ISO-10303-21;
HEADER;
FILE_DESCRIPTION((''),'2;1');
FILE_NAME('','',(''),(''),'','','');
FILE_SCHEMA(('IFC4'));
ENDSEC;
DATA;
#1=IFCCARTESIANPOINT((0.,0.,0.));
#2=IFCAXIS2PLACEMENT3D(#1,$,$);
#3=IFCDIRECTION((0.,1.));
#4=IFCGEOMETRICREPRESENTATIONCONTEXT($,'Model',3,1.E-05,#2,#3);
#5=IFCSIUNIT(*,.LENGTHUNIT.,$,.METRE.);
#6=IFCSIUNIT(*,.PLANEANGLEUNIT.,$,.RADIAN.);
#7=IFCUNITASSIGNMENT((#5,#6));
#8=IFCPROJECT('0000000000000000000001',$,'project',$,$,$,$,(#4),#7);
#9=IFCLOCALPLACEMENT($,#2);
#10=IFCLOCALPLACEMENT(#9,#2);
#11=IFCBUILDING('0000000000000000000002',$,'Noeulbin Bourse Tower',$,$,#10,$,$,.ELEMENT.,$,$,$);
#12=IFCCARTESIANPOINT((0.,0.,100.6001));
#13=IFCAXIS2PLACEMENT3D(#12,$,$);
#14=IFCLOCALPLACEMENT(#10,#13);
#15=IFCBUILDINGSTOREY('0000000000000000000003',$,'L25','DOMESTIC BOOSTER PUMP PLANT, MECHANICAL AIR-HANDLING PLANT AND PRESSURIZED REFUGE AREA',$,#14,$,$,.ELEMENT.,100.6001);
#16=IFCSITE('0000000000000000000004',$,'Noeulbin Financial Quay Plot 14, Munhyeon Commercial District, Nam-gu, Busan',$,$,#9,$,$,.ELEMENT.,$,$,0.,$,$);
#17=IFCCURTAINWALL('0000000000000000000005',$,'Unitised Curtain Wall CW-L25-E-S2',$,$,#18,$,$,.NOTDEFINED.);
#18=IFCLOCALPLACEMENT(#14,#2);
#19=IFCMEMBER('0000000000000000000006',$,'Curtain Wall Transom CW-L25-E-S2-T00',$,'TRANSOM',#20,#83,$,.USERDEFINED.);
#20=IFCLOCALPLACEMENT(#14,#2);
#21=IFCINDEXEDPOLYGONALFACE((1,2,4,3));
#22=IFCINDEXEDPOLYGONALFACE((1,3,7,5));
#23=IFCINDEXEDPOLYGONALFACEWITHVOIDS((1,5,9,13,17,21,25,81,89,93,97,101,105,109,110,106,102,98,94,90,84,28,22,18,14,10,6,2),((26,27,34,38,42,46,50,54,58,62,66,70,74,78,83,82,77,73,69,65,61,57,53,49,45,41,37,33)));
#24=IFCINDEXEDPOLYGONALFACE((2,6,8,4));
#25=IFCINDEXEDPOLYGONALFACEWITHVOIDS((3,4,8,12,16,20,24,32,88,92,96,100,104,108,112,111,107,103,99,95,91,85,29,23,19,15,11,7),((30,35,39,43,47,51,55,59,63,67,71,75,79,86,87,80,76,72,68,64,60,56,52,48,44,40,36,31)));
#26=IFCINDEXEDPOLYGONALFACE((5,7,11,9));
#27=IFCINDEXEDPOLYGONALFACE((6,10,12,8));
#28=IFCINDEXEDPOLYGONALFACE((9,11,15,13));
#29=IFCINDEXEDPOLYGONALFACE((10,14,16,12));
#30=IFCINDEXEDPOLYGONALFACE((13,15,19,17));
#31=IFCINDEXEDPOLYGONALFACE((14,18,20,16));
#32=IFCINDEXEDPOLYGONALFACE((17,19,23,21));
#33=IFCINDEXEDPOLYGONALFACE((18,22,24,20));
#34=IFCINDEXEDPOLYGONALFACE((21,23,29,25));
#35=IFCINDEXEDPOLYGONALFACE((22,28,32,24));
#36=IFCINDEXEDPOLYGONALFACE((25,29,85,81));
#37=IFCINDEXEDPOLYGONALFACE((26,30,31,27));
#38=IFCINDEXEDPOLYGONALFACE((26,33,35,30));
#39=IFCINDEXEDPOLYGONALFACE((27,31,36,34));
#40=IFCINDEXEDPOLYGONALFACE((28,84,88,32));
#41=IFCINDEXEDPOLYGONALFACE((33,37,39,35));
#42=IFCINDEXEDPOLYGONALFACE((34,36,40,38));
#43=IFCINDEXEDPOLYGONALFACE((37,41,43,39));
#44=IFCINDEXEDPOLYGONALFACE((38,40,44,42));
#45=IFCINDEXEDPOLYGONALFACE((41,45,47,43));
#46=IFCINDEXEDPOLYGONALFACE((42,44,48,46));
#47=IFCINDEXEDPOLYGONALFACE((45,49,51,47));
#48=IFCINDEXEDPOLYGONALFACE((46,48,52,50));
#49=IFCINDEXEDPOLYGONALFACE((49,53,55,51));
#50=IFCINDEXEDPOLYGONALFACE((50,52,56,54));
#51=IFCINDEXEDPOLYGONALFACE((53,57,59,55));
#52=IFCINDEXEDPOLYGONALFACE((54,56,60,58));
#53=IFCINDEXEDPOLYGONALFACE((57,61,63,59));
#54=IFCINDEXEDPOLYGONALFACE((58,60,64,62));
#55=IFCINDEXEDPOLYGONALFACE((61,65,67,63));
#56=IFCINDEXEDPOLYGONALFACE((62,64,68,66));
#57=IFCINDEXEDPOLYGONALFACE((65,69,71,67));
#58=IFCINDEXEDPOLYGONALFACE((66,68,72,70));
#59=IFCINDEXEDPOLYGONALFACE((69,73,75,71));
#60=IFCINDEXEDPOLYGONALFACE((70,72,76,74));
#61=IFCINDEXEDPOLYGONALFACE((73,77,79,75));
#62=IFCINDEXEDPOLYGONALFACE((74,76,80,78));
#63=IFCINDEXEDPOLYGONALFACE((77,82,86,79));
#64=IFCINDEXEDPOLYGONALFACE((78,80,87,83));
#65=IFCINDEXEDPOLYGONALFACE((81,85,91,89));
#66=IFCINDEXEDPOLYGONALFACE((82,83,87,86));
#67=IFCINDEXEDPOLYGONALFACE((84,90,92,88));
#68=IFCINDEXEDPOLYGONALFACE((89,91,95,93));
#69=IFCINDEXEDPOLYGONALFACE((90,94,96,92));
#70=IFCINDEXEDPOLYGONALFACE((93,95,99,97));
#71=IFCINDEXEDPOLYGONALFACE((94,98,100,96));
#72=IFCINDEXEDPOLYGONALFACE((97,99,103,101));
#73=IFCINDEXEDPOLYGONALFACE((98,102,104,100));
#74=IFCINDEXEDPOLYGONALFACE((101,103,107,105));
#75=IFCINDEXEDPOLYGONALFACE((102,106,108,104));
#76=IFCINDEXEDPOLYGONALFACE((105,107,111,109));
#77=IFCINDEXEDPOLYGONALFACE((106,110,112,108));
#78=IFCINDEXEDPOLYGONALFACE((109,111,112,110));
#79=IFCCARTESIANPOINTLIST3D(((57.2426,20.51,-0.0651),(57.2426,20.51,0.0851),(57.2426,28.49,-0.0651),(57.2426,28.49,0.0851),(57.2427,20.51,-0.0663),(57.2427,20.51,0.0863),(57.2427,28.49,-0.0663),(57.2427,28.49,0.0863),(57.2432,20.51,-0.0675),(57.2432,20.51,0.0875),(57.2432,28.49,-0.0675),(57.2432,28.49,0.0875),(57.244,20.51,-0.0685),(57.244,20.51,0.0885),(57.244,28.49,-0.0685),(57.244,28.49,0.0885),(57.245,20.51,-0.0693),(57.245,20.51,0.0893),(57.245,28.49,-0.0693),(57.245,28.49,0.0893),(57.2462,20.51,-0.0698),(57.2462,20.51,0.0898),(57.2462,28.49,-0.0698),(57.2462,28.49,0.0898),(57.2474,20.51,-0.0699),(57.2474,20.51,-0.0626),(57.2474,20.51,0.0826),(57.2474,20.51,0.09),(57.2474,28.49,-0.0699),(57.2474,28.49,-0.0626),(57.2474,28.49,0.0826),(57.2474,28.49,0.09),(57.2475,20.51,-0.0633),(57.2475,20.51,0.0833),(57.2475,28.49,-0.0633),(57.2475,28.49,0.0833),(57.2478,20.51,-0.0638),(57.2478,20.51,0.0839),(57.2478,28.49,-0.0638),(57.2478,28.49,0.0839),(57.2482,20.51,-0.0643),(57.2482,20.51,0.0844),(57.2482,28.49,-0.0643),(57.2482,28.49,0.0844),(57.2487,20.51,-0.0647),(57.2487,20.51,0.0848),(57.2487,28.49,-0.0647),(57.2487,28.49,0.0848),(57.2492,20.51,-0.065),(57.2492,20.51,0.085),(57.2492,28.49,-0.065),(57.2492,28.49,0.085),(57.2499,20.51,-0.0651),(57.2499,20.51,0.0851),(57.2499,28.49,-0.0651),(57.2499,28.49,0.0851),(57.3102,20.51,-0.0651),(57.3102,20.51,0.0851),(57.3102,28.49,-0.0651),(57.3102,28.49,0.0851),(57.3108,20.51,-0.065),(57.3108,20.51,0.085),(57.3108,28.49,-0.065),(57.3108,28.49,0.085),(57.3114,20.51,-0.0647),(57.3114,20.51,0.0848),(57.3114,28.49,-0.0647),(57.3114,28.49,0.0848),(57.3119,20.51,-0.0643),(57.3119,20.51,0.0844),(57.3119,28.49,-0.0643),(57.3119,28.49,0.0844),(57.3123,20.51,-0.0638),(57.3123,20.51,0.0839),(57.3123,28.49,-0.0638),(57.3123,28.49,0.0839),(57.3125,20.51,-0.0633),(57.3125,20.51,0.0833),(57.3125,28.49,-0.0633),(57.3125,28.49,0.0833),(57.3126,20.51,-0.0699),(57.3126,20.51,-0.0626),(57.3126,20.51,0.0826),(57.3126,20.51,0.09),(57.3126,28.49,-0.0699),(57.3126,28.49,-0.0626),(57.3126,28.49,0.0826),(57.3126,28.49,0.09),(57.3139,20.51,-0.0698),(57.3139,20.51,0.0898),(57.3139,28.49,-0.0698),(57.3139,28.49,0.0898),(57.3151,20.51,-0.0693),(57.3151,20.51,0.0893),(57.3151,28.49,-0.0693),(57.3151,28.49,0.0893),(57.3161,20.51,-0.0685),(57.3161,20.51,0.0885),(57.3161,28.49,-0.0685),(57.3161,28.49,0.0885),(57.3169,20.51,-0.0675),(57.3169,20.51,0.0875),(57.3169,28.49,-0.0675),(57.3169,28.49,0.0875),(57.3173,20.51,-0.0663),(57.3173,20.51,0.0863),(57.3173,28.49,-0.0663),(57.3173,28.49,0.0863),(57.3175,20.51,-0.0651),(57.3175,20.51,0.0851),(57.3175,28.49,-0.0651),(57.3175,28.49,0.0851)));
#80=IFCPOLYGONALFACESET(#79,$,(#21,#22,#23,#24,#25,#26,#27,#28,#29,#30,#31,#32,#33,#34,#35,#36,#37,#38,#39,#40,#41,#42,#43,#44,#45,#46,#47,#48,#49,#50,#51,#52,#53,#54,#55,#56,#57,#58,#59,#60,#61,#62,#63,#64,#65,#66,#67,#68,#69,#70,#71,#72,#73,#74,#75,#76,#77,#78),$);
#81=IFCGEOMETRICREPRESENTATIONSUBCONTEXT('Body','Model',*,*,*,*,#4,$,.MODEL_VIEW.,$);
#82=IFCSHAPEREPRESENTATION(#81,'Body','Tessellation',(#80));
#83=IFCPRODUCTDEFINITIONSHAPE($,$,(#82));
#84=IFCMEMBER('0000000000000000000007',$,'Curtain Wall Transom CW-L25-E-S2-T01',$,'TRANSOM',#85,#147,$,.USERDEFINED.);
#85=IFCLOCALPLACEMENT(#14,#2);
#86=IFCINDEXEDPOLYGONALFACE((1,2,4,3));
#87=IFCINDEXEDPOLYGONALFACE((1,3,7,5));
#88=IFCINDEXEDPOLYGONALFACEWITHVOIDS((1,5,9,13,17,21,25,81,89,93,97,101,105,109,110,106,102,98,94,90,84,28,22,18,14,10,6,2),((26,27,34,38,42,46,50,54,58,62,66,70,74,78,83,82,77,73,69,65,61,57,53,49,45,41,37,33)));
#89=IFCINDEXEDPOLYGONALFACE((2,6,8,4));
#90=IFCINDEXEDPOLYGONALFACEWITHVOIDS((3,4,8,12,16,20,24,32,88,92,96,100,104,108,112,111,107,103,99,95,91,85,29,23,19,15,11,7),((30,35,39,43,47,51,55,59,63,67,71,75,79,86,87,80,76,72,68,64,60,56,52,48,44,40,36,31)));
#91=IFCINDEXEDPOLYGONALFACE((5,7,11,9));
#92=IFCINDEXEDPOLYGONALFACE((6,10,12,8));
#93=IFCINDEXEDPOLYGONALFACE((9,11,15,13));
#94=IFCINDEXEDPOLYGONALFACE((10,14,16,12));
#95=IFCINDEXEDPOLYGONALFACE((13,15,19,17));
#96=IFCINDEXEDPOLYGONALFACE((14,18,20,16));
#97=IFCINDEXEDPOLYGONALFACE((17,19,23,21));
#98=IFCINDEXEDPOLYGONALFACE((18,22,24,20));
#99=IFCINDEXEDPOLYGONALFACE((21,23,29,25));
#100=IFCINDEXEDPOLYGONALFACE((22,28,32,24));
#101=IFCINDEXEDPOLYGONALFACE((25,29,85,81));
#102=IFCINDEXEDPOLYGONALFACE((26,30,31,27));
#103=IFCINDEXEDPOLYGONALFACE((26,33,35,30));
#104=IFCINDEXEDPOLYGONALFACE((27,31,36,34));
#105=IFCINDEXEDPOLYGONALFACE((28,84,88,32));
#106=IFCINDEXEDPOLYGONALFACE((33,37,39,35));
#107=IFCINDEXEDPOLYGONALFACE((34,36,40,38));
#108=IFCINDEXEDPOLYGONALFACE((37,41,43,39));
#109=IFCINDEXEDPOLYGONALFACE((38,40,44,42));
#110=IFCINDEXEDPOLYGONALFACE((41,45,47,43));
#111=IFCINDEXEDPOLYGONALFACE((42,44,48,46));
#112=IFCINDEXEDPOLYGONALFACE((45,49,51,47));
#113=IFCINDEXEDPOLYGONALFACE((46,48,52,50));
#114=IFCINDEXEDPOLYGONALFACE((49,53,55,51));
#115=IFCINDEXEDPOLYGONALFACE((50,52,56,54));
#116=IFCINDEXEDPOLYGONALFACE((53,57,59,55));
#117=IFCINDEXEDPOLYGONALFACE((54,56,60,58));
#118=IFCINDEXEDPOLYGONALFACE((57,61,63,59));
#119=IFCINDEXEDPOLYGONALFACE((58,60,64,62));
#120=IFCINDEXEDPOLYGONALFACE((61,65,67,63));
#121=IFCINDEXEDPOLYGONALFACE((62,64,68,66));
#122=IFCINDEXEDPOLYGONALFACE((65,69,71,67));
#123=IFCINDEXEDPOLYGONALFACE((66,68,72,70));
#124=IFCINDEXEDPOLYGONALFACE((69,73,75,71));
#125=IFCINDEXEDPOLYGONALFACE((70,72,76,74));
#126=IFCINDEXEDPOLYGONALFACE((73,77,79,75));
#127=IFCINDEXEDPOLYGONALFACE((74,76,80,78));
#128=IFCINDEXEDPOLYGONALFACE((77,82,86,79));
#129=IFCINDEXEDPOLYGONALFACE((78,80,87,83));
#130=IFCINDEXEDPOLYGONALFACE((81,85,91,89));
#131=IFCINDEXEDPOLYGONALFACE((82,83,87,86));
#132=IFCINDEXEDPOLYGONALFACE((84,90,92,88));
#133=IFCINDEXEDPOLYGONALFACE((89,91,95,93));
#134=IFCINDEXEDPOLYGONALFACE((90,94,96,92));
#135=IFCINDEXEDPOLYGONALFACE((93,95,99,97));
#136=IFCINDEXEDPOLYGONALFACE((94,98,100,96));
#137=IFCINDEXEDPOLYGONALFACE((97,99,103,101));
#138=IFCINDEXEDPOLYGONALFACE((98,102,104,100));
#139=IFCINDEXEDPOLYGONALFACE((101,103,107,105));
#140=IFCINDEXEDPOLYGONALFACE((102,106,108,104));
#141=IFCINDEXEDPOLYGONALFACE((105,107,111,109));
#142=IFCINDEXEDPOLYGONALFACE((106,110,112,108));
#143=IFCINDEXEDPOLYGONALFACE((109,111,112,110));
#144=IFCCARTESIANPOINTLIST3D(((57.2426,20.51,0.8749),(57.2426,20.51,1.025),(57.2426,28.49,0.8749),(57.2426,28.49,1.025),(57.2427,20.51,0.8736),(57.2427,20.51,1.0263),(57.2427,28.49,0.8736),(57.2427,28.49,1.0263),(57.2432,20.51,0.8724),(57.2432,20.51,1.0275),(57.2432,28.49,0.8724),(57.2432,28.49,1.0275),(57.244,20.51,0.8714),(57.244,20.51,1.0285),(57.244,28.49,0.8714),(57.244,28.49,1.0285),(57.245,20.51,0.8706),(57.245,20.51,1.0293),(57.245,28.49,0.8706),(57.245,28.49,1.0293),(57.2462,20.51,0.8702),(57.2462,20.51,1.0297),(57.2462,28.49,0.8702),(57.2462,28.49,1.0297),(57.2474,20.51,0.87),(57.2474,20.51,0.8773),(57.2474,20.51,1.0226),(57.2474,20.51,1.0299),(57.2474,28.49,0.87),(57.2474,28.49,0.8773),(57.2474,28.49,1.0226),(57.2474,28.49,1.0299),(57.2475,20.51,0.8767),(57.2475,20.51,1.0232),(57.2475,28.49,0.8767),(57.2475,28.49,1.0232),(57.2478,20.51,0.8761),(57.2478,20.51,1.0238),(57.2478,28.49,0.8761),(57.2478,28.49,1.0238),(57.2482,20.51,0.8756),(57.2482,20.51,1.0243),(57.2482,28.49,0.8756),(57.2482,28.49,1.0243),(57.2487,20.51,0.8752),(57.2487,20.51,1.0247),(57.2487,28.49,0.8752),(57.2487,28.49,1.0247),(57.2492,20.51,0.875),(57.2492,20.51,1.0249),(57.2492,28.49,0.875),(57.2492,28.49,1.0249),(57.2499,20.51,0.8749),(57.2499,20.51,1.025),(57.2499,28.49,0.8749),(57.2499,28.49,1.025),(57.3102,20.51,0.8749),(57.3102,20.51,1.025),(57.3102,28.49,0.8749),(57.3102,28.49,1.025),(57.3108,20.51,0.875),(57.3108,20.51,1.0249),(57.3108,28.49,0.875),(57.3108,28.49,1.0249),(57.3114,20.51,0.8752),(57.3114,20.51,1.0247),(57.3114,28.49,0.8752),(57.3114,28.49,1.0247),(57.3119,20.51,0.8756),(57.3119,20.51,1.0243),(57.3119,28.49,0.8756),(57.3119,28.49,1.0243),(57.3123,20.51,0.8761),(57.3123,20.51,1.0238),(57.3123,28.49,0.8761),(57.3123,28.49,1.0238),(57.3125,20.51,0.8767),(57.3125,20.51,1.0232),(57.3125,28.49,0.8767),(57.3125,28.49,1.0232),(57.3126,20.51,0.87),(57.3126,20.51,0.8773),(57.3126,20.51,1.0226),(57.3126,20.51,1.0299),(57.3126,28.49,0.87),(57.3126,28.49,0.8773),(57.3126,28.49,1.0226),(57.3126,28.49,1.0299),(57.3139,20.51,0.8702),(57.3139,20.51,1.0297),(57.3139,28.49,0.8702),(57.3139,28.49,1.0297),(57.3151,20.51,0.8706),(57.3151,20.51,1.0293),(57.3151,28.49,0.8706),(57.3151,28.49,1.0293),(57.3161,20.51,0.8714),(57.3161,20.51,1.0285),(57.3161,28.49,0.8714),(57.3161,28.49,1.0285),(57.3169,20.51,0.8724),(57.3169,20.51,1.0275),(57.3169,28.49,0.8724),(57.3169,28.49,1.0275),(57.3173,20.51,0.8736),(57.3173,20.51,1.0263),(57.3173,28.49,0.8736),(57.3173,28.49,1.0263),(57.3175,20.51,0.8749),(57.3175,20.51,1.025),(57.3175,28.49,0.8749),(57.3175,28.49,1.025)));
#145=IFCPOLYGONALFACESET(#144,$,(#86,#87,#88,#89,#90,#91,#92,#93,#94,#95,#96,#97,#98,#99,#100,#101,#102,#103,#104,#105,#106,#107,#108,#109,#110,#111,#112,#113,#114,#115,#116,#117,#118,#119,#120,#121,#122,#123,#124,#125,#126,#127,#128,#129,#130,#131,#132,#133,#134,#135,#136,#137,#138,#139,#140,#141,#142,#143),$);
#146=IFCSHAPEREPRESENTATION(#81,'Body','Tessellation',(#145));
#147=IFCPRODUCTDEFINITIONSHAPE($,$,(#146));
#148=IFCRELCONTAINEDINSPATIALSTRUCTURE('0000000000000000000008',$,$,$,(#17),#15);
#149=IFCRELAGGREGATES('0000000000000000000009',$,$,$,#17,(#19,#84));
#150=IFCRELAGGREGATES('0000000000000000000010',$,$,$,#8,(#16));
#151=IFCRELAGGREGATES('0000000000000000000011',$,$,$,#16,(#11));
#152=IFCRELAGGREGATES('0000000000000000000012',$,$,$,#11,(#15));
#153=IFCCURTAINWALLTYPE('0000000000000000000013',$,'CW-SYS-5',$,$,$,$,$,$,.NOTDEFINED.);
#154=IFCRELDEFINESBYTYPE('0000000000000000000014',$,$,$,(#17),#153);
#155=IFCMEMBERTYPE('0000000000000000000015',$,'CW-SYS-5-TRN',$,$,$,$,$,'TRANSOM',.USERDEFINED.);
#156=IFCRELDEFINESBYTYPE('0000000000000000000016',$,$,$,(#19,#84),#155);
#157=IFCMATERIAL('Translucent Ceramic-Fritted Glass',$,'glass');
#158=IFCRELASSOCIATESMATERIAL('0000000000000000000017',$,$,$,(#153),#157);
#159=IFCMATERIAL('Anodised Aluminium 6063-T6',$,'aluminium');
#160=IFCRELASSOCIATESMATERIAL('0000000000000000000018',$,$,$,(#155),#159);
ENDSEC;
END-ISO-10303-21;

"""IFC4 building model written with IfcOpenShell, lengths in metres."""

from ifc_helpers import new_model, si_unit, direction, frame, origin, origin_2d, place, context, subcontext, project, spatial, hollow_rectangle, extrude, material, material_profile, profile_set, type_object, element, aggregate, save


model = new_model("IFC4")

# Units and contexts
model_context = context("Model", 3, precision=1e-05, world=origin(), true_north=direction((0.0, 1.0)))
body_context = subcontext(model_context, "Body", "Model", "MODEL_VIEW")
ifc_project = project(units=[si_unit("LENGTHUNIT", "METRE"), si_unit("PLANEANGLEUNIT", "RADIAN")], contexts=[model_context])

# Site, building, storey
site_placement = place(None, origin())
site = spatial("IfcSite", under=ifc_project, at=site_placement, Name="Noeulbin Financial Quay Plot 14, Munhyeon Commercial District, Nam-gu, Busan", CompositionType="ELEMENT", RefElevation=0.0)
building_placement = place(site_placement, origin())
building = spatial("IfcBuilding", under=site, at=building_placement, Name="Noeulbin Bourse Tower", CompositionType="ELEMENT")
storey_placement = place(building_placement, frame((0.0, 0.0, 100.6001)))
storey = spatial("IfcBuildingStorey", under=building, at=storey_placement, Name="L25", Description="DOMESTIC BOOSTER PUMP PLANT, MECHANICAL AIR-HANDLING PLANT AND PRESSURIZED REFUGE AREA", CompositionType="ELEMENT", Elevation=100.6001)

# Curtain wall
ifc_material_1 = material(Name="Translucent Ceramic-Fritted Glass", Category="glass")
curtain_wall_type = type_object("IfcCurtainWallType", Name="CW-SYS-5", PredefinedType="NOTDEFINED", material=ifc_material_1)
ifc_material_2 = material(Name="Anodised Aluminium 6063-T6", Category="aluminium")
curtain_wall_1_placement = place(storey_placement, origin())
curtain_wall_1 = element("IfcCurtainWall", 1, at=curtain_wall_1_placement, inside=storey, type_object=curtain_wall_type, Name="Unitised Curtain Wall CW-L25-E-S2", PredefinedType="NOTDEFINED")

# Members
ifc_material_profile_1 = material_profile(ifc_material_2, hollow_rectangle(XDim=0.075, YDim=0.1599, WallThickness=0.0049, InnerFilletRadius=0.0024, OuterFilletRadius=0.0049, at=origin_2d()), Name="ALU-TRAN-75x160x5", Category="LoadBearing")
ifc_profile_set_1 = profile_set([ifc_material_profile_1], Name="Anodised Aluminium 6063-T6")
member_type_1 = type_object("IfcMemberType", Name="CW-SYS-5-TRN", ElementType="TRANSOM", PredefinedType="USERDEFINED", material=ifc_profile_set_1)
member_1_placement = place(storey_placement, frame((57.28, 20.51, 0.01), z_axis=(0.0, 1.0, 0.0), x_axis=(-1.0, 0.0, 0.0)))
member_1 = element("IfcMember", 2, at=member_1_placement, type_object=member_type_1, Name="Curtain Wall Transom CW-L25-E-S2-T00", ObjectType="TRANSOM", PredefinedType="USERDEFINED", context=body_context, shape_type="SweptSolid", body=[
    extrude(hollow_rectangle(XDim=0.075, YDim=0.1599, WallThickness=0.0049, InnerFilletRadius=0.0024, OuterFilletRadius=0.0049, at=origin_2d()), origin(), (0.0, 0.0, 1.0), 7.98),
])
member_2_placement = place(storey_placement, frame((57.28, 20.51, 0.95), z_axis=(0.0, 1.0, 0.0), x_axis=(-1.0, 0.0, 0.0)))
member_2 = element("IfcMember", 3, at=member_2_placement, type_object=member_type_1, Name="Curtain Wall Transom CW-L25-E-S2-T01", ObjectType="TRANSOM", PredefinedType="USERDEFINED", context=body_context, shape_type="SweptSolid", body=[
    extrude(hollow_rectangle(XDim=0.075, YDim=0.1599, WallThickness=0.0049, InnerFilletRadius=0.0024, OuterFilletRadius=0.0049, at=origin_2d()), origin(), (0.0, 0.0, 1.0), 7.98),
])

aggregate(curtain_wall_1, [member_1, member_2])

save(model, "model.ifc")
